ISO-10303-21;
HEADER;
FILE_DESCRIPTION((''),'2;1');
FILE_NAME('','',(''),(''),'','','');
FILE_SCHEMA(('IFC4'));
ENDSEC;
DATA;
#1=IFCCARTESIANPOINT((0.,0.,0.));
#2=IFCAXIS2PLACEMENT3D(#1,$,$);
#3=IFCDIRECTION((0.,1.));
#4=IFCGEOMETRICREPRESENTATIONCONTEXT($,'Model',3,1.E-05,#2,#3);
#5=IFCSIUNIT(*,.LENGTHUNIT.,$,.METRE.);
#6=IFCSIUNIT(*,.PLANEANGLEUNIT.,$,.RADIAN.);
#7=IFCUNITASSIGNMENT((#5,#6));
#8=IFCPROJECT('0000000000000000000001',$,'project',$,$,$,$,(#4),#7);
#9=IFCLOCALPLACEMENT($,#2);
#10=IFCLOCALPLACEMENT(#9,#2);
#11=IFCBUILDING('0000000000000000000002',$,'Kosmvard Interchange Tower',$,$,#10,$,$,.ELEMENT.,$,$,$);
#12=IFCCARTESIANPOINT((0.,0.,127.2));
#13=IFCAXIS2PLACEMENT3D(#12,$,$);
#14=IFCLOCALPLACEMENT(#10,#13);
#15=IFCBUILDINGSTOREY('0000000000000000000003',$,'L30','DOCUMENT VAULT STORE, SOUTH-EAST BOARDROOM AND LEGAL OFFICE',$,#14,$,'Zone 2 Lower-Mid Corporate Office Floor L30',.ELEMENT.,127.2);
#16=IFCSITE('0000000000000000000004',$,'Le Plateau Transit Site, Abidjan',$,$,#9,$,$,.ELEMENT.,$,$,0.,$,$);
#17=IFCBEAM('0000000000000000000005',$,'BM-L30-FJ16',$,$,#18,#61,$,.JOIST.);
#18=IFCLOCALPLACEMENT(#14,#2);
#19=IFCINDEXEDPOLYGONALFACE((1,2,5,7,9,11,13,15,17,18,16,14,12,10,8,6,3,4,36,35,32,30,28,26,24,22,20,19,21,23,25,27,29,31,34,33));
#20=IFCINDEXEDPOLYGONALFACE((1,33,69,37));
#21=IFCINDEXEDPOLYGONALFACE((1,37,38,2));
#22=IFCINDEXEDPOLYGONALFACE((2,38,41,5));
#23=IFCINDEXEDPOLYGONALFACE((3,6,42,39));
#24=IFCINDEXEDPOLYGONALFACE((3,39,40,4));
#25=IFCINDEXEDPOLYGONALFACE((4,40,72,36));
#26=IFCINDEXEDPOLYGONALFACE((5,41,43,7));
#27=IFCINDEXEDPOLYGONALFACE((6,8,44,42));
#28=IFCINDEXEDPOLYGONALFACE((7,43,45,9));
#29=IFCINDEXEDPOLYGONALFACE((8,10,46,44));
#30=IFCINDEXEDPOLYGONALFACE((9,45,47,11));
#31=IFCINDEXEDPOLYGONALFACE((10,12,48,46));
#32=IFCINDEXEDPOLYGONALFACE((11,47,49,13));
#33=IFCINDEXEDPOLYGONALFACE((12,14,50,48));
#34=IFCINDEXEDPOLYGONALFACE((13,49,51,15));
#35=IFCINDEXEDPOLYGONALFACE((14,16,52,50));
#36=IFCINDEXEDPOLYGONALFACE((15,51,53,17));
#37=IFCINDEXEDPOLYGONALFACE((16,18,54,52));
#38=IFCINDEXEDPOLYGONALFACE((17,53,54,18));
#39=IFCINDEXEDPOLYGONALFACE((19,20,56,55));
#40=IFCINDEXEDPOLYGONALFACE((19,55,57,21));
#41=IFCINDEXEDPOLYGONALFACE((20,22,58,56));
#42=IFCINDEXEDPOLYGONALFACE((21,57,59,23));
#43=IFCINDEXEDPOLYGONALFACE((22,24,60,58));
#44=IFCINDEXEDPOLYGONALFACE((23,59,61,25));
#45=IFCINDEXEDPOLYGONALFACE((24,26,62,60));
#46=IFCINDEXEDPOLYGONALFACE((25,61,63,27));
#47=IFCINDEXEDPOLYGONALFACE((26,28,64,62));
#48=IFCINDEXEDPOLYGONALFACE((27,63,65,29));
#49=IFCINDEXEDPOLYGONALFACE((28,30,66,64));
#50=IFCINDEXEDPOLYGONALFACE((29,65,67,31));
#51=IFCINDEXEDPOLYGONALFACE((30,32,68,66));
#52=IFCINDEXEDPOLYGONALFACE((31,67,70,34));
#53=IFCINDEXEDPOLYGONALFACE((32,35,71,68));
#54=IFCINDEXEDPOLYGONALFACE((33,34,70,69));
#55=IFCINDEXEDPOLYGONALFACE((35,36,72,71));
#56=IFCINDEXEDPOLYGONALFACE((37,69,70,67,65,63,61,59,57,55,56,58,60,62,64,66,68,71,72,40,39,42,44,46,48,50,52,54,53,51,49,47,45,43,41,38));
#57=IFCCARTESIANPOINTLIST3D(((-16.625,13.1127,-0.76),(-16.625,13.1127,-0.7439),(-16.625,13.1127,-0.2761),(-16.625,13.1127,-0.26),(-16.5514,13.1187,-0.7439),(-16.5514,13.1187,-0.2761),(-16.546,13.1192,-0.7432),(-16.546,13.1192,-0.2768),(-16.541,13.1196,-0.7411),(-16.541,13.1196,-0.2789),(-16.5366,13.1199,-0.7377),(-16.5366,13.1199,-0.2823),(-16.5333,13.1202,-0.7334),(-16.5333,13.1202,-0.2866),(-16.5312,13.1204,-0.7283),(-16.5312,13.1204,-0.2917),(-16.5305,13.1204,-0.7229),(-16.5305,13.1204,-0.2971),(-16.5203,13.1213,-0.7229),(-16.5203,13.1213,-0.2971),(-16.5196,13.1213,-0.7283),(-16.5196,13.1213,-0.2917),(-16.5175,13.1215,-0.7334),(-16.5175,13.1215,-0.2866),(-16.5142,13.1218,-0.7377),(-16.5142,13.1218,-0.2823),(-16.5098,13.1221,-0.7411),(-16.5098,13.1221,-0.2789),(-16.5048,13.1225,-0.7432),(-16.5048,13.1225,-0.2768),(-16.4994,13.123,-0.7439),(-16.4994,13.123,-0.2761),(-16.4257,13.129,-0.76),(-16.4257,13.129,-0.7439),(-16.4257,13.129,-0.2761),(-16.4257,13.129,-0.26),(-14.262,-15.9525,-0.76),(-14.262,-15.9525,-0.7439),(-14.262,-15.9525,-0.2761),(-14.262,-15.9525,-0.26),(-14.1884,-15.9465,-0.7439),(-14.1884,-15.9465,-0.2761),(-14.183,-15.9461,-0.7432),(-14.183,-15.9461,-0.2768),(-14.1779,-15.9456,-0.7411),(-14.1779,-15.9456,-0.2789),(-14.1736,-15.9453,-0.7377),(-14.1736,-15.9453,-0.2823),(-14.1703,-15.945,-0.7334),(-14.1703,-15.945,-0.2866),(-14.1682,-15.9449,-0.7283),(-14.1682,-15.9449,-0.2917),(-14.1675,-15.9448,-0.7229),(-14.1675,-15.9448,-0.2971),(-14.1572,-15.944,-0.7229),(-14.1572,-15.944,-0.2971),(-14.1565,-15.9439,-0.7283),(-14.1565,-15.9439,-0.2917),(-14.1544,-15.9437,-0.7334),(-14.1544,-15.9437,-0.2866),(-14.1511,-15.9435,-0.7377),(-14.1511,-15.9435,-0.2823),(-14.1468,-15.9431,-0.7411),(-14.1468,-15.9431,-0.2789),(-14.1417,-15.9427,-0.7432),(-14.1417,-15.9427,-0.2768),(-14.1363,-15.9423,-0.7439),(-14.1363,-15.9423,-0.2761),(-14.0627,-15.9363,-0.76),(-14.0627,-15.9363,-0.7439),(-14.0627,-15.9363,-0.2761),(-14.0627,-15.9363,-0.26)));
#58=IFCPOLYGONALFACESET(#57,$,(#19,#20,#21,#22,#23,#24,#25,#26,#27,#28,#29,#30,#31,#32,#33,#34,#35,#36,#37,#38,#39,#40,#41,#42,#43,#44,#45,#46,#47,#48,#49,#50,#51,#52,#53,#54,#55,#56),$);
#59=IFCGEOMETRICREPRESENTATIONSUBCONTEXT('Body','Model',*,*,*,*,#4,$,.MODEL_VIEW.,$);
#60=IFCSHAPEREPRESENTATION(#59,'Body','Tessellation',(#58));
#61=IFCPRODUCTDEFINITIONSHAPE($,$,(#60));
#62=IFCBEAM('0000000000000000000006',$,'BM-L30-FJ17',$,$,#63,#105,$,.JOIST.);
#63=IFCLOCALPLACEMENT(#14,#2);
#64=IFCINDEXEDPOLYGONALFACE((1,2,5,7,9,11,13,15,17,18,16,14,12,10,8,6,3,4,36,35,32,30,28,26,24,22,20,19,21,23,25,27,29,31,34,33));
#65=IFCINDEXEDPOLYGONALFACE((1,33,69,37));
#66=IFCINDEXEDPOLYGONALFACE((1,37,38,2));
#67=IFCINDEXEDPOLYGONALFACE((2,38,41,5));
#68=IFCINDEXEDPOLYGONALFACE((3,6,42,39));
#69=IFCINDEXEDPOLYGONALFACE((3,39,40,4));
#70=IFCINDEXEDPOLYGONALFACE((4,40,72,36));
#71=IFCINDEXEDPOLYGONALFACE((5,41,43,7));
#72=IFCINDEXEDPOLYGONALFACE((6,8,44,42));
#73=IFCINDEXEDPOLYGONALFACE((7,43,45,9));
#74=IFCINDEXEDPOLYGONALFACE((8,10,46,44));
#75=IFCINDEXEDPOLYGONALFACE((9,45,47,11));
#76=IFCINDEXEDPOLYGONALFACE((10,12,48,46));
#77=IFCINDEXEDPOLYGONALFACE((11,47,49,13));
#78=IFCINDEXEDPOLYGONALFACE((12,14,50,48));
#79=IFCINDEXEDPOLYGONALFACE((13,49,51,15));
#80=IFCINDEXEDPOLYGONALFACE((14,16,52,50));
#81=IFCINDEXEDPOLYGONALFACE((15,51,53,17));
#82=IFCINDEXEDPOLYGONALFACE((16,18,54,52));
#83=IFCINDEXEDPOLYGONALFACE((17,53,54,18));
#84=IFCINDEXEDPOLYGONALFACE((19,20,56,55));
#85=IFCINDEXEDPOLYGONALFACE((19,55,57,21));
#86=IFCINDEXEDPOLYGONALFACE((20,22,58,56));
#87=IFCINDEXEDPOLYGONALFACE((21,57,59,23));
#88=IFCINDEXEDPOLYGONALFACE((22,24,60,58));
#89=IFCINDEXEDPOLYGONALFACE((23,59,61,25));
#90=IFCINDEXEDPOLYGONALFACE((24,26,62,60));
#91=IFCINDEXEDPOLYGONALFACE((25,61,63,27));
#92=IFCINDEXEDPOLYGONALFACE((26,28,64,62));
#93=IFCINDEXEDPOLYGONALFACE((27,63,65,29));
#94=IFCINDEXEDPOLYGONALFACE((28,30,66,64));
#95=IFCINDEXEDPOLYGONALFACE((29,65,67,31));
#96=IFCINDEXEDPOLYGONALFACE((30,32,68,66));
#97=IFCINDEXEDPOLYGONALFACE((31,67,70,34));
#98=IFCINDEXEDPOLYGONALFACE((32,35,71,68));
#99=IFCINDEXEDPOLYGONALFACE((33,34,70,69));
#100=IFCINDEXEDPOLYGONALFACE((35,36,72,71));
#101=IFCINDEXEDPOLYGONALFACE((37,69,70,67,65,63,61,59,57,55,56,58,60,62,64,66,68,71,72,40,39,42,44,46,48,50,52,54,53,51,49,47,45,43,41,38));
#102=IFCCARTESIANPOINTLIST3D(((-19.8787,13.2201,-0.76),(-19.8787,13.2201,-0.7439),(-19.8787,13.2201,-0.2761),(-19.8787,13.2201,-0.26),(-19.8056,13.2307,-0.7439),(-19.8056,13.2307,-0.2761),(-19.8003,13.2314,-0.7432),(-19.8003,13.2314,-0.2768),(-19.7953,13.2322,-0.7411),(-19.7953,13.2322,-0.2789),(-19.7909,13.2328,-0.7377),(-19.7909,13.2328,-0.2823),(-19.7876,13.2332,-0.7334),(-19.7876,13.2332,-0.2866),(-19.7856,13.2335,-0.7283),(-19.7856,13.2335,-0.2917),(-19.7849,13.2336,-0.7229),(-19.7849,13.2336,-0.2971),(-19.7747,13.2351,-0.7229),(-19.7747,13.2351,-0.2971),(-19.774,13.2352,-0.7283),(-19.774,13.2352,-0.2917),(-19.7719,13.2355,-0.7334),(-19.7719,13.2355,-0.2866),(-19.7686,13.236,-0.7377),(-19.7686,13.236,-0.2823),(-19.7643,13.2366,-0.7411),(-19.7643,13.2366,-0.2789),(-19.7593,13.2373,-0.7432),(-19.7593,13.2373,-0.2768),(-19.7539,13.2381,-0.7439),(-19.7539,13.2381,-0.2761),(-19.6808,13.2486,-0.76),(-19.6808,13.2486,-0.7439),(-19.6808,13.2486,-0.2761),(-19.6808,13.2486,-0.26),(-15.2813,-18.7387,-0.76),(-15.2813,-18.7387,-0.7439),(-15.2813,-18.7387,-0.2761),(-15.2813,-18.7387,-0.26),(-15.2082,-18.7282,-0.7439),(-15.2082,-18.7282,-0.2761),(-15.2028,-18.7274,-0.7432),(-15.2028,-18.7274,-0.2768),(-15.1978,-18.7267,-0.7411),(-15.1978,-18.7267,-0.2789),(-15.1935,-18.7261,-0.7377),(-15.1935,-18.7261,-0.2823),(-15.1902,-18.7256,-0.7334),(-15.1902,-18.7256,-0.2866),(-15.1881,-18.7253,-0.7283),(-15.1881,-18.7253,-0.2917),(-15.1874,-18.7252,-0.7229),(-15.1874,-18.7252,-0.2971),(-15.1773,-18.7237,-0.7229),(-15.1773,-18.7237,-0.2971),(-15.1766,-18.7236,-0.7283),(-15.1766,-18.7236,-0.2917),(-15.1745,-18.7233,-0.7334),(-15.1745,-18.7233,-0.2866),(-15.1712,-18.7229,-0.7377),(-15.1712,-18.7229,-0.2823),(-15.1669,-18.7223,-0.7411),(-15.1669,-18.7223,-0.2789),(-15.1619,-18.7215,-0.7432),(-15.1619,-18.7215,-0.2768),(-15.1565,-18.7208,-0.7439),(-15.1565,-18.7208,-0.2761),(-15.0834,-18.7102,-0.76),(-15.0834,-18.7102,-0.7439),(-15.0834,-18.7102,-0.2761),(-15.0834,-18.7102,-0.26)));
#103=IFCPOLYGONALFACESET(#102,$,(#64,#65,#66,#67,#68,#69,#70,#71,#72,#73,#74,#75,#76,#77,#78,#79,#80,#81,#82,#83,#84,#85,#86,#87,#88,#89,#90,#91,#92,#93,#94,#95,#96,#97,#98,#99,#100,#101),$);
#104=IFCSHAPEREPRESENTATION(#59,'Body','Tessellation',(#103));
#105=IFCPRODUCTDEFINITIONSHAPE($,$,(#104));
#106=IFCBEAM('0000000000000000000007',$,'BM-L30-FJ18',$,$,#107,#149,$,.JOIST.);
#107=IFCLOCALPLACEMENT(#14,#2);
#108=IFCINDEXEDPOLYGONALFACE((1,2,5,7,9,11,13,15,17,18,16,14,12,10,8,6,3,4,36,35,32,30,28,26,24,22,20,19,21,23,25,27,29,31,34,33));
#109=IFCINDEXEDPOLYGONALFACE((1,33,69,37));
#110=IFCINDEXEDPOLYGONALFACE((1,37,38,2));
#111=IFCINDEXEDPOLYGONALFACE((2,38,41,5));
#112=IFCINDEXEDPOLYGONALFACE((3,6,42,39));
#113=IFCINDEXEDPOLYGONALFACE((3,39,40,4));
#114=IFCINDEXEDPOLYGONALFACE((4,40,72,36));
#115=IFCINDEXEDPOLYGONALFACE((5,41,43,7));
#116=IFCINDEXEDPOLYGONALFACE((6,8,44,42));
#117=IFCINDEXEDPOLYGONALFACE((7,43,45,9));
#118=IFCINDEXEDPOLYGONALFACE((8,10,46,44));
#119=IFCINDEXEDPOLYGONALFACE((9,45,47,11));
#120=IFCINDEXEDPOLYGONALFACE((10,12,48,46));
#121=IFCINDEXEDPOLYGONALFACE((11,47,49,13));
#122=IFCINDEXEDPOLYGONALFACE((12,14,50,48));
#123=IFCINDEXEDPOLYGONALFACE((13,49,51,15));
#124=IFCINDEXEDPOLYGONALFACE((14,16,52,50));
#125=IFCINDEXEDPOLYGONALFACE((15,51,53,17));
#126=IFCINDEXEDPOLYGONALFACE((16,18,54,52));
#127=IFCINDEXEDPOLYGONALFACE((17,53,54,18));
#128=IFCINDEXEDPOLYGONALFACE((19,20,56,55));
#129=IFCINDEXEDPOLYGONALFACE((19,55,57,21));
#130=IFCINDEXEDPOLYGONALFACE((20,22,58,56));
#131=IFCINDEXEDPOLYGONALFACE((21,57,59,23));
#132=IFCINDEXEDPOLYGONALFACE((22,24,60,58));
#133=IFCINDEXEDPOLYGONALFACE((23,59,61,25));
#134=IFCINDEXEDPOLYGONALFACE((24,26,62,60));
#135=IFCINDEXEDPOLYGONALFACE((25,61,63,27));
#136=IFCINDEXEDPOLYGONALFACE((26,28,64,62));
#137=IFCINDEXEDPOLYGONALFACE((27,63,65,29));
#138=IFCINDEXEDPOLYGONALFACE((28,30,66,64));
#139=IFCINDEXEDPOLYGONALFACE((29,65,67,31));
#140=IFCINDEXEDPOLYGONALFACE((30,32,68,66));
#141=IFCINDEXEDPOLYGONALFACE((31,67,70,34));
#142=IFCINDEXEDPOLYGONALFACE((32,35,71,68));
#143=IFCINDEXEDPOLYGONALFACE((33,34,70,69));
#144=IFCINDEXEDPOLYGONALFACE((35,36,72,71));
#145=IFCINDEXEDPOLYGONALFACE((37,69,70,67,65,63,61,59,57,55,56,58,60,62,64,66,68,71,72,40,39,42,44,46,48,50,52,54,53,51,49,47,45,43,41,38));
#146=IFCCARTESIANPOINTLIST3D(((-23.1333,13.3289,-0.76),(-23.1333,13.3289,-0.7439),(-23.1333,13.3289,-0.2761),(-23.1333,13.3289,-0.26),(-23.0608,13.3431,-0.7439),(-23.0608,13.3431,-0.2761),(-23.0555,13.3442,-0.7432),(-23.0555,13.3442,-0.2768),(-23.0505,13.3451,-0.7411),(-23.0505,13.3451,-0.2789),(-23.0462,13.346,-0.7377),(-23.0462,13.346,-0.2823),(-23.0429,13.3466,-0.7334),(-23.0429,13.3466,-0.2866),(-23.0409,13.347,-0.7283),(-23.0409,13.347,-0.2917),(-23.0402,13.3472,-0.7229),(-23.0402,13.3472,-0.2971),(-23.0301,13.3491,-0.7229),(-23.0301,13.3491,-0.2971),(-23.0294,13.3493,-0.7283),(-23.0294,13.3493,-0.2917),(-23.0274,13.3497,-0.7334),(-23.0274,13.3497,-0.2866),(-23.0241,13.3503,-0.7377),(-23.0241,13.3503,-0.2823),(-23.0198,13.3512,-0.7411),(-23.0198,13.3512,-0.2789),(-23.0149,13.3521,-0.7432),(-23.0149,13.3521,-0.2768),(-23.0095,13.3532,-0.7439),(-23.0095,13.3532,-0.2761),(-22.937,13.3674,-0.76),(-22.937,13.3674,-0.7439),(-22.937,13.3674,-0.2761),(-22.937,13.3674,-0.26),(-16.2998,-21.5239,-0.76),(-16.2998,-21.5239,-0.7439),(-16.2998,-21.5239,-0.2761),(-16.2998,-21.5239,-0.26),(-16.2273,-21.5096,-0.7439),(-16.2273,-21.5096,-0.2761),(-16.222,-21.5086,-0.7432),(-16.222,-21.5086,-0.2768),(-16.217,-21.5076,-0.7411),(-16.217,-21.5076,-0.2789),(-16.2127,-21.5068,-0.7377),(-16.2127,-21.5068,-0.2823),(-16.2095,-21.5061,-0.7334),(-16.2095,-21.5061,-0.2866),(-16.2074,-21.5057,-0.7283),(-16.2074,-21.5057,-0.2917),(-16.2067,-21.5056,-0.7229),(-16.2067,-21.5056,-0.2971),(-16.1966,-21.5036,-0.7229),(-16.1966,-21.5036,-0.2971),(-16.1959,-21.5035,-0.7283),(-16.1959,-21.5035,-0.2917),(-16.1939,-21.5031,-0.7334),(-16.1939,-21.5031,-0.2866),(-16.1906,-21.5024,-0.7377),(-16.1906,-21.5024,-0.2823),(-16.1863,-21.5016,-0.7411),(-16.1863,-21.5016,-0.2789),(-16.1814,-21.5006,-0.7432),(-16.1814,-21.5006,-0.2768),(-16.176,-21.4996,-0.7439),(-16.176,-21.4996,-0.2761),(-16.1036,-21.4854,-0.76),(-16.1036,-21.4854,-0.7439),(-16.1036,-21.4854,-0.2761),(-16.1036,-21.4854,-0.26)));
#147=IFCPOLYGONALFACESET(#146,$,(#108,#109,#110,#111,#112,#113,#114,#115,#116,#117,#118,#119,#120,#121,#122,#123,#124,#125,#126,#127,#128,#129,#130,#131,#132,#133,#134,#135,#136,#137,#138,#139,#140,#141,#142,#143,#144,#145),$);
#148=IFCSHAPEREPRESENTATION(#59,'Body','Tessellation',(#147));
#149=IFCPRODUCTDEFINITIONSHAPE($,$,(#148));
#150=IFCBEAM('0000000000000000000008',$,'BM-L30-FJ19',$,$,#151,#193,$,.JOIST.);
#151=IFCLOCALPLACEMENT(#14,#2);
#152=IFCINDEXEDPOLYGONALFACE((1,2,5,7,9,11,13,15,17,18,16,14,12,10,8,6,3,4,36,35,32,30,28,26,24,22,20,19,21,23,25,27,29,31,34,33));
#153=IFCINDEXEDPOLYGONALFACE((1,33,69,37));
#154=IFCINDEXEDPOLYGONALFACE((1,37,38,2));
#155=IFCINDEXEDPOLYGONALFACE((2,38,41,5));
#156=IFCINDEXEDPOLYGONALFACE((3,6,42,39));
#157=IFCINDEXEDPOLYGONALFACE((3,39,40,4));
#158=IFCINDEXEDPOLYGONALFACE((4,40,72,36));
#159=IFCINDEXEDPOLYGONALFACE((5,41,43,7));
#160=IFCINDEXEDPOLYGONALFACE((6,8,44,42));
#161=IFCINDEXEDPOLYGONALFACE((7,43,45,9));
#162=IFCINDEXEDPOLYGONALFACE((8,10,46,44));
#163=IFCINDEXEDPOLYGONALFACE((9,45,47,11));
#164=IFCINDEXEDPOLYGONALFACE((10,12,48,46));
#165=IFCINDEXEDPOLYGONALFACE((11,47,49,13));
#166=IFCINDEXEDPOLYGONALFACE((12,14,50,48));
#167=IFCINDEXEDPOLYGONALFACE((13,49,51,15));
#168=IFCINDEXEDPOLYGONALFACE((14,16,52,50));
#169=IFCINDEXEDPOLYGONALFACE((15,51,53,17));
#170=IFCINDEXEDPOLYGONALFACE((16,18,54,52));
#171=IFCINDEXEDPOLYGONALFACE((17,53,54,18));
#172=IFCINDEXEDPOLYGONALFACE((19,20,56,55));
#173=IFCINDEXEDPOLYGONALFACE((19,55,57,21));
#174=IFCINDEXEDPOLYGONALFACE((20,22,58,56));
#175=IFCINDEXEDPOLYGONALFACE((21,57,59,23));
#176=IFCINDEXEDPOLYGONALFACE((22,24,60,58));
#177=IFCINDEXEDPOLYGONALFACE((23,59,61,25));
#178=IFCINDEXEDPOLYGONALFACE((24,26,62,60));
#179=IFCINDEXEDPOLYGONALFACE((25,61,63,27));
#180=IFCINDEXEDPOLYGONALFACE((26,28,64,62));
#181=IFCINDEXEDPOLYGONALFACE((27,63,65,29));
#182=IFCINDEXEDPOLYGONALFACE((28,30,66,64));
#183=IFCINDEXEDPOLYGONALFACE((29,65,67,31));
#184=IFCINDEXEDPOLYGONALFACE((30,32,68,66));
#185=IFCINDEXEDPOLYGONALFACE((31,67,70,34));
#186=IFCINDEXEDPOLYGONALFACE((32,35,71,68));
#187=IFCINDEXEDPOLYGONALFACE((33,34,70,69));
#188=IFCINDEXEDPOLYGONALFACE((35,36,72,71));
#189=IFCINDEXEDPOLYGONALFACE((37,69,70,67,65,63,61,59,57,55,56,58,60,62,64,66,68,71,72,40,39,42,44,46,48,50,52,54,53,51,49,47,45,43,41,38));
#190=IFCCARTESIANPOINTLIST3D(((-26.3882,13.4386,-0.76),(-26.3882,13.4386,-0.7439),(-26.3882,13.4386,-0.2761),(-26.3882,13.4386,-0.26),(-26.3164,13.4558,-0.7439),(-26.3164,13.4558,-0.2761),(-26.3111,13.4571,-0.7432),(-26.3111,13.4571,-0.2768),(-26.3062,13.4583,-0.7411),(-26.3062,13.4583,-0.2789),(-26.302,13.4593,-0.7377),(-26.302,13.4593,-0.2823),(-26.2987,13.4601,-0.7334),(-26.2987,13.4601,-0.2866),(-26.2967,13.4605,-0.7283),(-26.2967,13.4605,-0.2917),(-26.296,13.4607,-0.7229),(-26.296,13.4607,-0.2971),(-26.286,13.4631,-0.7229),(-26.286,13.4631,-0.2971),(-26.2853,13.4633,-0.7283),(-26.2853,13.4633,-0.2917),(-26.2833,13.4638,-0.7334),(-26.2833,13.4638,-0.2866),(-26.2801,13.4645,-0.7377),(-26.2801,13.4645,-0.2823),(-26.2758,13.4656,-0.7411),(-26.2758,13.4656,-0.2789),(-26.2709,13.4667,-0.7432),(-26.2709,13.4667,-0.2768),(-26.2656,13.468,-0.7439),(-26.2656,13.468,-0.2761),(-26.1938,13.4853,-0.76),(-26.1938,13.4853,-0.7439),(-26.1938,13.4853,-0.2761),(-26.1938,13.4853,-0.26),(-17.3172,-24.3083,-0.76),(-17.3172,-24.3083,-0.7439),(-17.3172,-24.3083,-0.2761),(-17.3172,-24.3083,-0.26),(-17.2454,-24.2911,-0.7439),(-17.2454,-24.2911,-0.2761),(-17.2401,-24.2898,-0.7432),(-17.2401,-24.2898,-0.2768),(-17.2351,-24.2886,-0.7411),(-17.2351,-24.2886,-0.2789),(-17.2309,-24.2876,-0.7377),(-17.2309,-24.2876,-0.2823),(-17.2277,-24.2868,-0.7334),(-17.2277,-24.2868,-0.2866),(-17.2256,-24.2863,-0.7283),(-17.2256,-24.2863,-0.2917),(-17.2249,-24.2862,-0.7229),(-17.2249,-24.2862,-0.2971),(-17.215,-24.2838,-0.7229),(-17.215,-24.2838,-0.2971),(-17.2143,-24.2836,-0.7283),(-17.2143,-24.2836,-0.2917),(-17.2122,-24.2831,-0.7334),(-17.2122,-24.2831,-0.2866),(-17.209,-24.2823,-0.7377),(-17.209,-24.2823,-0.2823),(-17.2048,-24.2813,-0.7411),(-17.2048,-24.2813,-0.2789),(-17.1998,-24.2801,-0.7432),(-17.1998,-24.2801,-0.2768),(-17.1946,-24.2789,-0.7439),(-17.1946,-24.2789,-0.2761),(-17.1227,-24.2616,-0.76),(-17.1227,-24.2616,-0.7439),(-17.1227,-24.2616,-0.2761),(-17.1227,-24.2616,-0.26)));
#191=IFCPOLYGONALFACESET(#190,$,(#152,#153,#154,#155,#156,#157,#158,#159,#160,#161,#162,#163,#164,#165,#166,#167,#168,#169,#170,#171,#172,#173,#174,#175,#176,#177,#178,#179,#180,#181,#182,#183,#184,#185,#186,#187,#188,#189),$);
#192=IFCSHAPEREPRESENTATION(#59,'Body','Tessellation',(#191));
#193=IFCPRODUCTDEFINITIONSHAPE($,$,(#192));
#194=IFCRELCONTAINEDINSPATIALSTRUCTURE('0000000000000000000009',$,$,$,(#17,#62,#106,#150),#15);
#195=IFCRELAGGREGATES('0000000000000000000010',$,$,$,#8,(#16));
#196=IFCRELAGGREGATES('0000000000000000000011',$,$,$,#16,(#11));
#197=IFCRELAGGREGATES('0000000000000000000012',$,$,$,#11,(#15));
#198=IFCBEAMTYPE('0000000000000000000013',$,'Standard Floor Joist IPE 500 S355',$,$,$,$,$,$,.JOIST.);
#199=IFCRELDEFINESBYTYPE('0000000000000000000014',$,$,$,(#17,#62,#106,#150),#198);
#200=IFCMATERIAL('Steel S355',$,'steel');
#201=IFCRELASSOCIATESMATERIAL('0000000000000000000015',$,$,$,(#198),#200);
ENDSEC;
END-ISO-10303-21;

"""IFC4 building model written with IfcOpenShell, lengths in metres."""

from ifc_helpers import new_model, si_unit, direction, frame, origin, origin_2d, place, context, subcontext, project, spatial, i_section, extrude, source, transform, mapped, material, material_profile, profile_set, type_object, element, save


model = new_model("IFC4")

# Units and contexts
model_context = context("Model", 3, precision=1e-05, world=origin(), true_north=direction((0.0, 1.0)))
body_context = subcontext(model_context, "Body", "Model", "MODEL_VIEW")
ifc_project = project(units=[si_unit("LENGTHUNIT", "METRE"), si_unit("PLANEANGLEUNIT", "RADIAN")], contexts=[model_context])

# Site, building, storey
site_placement = place(None, origin())
site = spatial("IfcSite", under=ifc_project, at=site_placement, Name="Le Plateau Transit Site, Abidjan", CompositionType="ELEMENT", RefElevation=0.0)
building_placement = place(site_placement, origin())
building = spatial("IfcBuilding", under=site, at=building_placement, Name="Kosmvard Interchange Tower", CompositionType="ELEMENT")
storey_placement = place(building_placement, frame((0.0, 0.0, 127.2)))
storey = spatial("IfcBuildingStorey", under=building, at=storey_placement, Name="L30", Description="DOCUMENT VAULT STORE, SOUTH-EAST BOARDROOM AND LEGAL OFFICE", LongName="Zone 2 Lower-Mid Corporate Office Floor L30", CompositionType="ELEMENT", Elevation=127.2)

# Beams
ifc_material_1 = material(Name="Steel S355", Category="steel")
ifc_material_profile_1 = material_profile(ifc_material_1, i_section(OverallWidth=0.2, OverallDepth=0.5, WebThickness=0.0103, FlangeThickness=0.0161, FilletRadius=0.021, at=origin_2d()), Name="IPE 500")
ifc_profile_set_1 = profile_set([ifc_material_profile_1], Name="Steel S355")
beam_type_1 = type_object("IfcBeamType", Name="Standard Floor Joist IPE 500 S355", PredefinedType="JOIST", material=ifc_profile_set_1)
shared_shape_1 = source(origin(), body_context, "Body", "SweptSolid", [
    extrude(i_section(OverallWidth=0.2, OverallDepth=0.5, WebThickness=0.0103, FlangeThickness=0.0161, FilletRadius=0.021, at=origin_2d()), origin(), (0.0, 0.0, 1.0), 29.1611),
])
beam_1_placement = place(storey_placement, frame((-16.5254, 13.1208, -0.51), z_axis=(0.081034, -0.996711, 0.0), x_axis=(0.996711, 0.081034, 0.0)))
element("IfcBeam", 1, at=beam_1_placement, inside=storey, type_object=beam_type_1, Name="BM-L30-FJ16", PredefinedType="JOIST", context=body_context, shape_type="MappedRepresentation", body=[
    mapped(shared_shape_1, transform((0.0, 0.0, 0.0), scale=1.0)),
])
shared_shape_2 = source(origin(), body_context, "Body", "SweptSolid", [
    extrude(i_section(OverallWidth=0.2, OverallDepth=0.5, WebThickness=0.0103, FlangeThickness=0.0161, FilletRadius=0.021, at=origin_2d()), origin(), (0.0, 0.0, 1.0), 32.2878),
])
beam_2_placement = place(storey_placement, frame((-19.7798, 13.2344, -0.51), z_axis=(0.142389, -0.989811, 0.0), x_axis=(0.989811, 0.142389, 0.0)))
element("IfcBeam", 2, at=beam_2_placement, inside=storey, type_object=beam_type_1, Name="BM-L30-FJ17", PredefinedType="JOIST", context=body_context, shape_type="MappedRepresentation", body=[
    mapped(shared_shape_2, transform((0.0, 0.0, 0.0), scale=1.0)),
])
shared_shape_3 = source(origin(), body_context, "Body", "SweptSolid", [
    extrude(i_section(OverallWidth=0.2, OverallDepth=0.5, WebThickness=0.0103, FlangeThickness=0.0161, FilletRadius=0.021, at=origin_2d()), origin(), (0.0, 0.0, 1.0), 35.5164),
])
beam_3_placement = place(storey_placement, frame((-23.0352, 13.3481, -0.51), z_axis=(0.192404, -0.981316, 0.0), x_axis=(0.981316, 0.192404, 0.0)))
element("IfcBeam", 3, at=beam_3_placement, inside=storey, type_object=beam_type_1, Name="BM-L30-FJ18", PredefinedType="JOIST", context=body_context, shape_type="MappedRepresentation", body=[
    mapped(shared_shape_3, transform((0.0, 0.0, 0.0), scale=1.0)),
])
shared_shape_4 = source(origin(), body_context, "Body", "SweptSolid", [
    extrude(i_section(OverallWidth=0.2, OverallDepth=0.5, WebThickness=0.0103, FlangeThickness=0.0161, FilletRadius=0.021, at=origin_2d()), origin(), (0.0, 0.0, 1.0), 38.8215),
])
beam_4_placement = place(storey_placement, frame((-26.291, 13.4619, -0.51), z_axis=(0.233661, -0.972318, 0.0), x_axis=(0.972318, 0.233661, 0.0)))
element("IfcBeam", 4, at=beam_4_placement, inside=storey, type_object=beam_type_1, Name="BM-L30-FJ19", PredefinedType="JOIST", context=body_context, shape_type="MappedRepresentation", body=[
    mapped(shared_shape_4, transform((0.0, 0.0, 0.0), scale=1.0)),
])

save(model, "model.ifc")
